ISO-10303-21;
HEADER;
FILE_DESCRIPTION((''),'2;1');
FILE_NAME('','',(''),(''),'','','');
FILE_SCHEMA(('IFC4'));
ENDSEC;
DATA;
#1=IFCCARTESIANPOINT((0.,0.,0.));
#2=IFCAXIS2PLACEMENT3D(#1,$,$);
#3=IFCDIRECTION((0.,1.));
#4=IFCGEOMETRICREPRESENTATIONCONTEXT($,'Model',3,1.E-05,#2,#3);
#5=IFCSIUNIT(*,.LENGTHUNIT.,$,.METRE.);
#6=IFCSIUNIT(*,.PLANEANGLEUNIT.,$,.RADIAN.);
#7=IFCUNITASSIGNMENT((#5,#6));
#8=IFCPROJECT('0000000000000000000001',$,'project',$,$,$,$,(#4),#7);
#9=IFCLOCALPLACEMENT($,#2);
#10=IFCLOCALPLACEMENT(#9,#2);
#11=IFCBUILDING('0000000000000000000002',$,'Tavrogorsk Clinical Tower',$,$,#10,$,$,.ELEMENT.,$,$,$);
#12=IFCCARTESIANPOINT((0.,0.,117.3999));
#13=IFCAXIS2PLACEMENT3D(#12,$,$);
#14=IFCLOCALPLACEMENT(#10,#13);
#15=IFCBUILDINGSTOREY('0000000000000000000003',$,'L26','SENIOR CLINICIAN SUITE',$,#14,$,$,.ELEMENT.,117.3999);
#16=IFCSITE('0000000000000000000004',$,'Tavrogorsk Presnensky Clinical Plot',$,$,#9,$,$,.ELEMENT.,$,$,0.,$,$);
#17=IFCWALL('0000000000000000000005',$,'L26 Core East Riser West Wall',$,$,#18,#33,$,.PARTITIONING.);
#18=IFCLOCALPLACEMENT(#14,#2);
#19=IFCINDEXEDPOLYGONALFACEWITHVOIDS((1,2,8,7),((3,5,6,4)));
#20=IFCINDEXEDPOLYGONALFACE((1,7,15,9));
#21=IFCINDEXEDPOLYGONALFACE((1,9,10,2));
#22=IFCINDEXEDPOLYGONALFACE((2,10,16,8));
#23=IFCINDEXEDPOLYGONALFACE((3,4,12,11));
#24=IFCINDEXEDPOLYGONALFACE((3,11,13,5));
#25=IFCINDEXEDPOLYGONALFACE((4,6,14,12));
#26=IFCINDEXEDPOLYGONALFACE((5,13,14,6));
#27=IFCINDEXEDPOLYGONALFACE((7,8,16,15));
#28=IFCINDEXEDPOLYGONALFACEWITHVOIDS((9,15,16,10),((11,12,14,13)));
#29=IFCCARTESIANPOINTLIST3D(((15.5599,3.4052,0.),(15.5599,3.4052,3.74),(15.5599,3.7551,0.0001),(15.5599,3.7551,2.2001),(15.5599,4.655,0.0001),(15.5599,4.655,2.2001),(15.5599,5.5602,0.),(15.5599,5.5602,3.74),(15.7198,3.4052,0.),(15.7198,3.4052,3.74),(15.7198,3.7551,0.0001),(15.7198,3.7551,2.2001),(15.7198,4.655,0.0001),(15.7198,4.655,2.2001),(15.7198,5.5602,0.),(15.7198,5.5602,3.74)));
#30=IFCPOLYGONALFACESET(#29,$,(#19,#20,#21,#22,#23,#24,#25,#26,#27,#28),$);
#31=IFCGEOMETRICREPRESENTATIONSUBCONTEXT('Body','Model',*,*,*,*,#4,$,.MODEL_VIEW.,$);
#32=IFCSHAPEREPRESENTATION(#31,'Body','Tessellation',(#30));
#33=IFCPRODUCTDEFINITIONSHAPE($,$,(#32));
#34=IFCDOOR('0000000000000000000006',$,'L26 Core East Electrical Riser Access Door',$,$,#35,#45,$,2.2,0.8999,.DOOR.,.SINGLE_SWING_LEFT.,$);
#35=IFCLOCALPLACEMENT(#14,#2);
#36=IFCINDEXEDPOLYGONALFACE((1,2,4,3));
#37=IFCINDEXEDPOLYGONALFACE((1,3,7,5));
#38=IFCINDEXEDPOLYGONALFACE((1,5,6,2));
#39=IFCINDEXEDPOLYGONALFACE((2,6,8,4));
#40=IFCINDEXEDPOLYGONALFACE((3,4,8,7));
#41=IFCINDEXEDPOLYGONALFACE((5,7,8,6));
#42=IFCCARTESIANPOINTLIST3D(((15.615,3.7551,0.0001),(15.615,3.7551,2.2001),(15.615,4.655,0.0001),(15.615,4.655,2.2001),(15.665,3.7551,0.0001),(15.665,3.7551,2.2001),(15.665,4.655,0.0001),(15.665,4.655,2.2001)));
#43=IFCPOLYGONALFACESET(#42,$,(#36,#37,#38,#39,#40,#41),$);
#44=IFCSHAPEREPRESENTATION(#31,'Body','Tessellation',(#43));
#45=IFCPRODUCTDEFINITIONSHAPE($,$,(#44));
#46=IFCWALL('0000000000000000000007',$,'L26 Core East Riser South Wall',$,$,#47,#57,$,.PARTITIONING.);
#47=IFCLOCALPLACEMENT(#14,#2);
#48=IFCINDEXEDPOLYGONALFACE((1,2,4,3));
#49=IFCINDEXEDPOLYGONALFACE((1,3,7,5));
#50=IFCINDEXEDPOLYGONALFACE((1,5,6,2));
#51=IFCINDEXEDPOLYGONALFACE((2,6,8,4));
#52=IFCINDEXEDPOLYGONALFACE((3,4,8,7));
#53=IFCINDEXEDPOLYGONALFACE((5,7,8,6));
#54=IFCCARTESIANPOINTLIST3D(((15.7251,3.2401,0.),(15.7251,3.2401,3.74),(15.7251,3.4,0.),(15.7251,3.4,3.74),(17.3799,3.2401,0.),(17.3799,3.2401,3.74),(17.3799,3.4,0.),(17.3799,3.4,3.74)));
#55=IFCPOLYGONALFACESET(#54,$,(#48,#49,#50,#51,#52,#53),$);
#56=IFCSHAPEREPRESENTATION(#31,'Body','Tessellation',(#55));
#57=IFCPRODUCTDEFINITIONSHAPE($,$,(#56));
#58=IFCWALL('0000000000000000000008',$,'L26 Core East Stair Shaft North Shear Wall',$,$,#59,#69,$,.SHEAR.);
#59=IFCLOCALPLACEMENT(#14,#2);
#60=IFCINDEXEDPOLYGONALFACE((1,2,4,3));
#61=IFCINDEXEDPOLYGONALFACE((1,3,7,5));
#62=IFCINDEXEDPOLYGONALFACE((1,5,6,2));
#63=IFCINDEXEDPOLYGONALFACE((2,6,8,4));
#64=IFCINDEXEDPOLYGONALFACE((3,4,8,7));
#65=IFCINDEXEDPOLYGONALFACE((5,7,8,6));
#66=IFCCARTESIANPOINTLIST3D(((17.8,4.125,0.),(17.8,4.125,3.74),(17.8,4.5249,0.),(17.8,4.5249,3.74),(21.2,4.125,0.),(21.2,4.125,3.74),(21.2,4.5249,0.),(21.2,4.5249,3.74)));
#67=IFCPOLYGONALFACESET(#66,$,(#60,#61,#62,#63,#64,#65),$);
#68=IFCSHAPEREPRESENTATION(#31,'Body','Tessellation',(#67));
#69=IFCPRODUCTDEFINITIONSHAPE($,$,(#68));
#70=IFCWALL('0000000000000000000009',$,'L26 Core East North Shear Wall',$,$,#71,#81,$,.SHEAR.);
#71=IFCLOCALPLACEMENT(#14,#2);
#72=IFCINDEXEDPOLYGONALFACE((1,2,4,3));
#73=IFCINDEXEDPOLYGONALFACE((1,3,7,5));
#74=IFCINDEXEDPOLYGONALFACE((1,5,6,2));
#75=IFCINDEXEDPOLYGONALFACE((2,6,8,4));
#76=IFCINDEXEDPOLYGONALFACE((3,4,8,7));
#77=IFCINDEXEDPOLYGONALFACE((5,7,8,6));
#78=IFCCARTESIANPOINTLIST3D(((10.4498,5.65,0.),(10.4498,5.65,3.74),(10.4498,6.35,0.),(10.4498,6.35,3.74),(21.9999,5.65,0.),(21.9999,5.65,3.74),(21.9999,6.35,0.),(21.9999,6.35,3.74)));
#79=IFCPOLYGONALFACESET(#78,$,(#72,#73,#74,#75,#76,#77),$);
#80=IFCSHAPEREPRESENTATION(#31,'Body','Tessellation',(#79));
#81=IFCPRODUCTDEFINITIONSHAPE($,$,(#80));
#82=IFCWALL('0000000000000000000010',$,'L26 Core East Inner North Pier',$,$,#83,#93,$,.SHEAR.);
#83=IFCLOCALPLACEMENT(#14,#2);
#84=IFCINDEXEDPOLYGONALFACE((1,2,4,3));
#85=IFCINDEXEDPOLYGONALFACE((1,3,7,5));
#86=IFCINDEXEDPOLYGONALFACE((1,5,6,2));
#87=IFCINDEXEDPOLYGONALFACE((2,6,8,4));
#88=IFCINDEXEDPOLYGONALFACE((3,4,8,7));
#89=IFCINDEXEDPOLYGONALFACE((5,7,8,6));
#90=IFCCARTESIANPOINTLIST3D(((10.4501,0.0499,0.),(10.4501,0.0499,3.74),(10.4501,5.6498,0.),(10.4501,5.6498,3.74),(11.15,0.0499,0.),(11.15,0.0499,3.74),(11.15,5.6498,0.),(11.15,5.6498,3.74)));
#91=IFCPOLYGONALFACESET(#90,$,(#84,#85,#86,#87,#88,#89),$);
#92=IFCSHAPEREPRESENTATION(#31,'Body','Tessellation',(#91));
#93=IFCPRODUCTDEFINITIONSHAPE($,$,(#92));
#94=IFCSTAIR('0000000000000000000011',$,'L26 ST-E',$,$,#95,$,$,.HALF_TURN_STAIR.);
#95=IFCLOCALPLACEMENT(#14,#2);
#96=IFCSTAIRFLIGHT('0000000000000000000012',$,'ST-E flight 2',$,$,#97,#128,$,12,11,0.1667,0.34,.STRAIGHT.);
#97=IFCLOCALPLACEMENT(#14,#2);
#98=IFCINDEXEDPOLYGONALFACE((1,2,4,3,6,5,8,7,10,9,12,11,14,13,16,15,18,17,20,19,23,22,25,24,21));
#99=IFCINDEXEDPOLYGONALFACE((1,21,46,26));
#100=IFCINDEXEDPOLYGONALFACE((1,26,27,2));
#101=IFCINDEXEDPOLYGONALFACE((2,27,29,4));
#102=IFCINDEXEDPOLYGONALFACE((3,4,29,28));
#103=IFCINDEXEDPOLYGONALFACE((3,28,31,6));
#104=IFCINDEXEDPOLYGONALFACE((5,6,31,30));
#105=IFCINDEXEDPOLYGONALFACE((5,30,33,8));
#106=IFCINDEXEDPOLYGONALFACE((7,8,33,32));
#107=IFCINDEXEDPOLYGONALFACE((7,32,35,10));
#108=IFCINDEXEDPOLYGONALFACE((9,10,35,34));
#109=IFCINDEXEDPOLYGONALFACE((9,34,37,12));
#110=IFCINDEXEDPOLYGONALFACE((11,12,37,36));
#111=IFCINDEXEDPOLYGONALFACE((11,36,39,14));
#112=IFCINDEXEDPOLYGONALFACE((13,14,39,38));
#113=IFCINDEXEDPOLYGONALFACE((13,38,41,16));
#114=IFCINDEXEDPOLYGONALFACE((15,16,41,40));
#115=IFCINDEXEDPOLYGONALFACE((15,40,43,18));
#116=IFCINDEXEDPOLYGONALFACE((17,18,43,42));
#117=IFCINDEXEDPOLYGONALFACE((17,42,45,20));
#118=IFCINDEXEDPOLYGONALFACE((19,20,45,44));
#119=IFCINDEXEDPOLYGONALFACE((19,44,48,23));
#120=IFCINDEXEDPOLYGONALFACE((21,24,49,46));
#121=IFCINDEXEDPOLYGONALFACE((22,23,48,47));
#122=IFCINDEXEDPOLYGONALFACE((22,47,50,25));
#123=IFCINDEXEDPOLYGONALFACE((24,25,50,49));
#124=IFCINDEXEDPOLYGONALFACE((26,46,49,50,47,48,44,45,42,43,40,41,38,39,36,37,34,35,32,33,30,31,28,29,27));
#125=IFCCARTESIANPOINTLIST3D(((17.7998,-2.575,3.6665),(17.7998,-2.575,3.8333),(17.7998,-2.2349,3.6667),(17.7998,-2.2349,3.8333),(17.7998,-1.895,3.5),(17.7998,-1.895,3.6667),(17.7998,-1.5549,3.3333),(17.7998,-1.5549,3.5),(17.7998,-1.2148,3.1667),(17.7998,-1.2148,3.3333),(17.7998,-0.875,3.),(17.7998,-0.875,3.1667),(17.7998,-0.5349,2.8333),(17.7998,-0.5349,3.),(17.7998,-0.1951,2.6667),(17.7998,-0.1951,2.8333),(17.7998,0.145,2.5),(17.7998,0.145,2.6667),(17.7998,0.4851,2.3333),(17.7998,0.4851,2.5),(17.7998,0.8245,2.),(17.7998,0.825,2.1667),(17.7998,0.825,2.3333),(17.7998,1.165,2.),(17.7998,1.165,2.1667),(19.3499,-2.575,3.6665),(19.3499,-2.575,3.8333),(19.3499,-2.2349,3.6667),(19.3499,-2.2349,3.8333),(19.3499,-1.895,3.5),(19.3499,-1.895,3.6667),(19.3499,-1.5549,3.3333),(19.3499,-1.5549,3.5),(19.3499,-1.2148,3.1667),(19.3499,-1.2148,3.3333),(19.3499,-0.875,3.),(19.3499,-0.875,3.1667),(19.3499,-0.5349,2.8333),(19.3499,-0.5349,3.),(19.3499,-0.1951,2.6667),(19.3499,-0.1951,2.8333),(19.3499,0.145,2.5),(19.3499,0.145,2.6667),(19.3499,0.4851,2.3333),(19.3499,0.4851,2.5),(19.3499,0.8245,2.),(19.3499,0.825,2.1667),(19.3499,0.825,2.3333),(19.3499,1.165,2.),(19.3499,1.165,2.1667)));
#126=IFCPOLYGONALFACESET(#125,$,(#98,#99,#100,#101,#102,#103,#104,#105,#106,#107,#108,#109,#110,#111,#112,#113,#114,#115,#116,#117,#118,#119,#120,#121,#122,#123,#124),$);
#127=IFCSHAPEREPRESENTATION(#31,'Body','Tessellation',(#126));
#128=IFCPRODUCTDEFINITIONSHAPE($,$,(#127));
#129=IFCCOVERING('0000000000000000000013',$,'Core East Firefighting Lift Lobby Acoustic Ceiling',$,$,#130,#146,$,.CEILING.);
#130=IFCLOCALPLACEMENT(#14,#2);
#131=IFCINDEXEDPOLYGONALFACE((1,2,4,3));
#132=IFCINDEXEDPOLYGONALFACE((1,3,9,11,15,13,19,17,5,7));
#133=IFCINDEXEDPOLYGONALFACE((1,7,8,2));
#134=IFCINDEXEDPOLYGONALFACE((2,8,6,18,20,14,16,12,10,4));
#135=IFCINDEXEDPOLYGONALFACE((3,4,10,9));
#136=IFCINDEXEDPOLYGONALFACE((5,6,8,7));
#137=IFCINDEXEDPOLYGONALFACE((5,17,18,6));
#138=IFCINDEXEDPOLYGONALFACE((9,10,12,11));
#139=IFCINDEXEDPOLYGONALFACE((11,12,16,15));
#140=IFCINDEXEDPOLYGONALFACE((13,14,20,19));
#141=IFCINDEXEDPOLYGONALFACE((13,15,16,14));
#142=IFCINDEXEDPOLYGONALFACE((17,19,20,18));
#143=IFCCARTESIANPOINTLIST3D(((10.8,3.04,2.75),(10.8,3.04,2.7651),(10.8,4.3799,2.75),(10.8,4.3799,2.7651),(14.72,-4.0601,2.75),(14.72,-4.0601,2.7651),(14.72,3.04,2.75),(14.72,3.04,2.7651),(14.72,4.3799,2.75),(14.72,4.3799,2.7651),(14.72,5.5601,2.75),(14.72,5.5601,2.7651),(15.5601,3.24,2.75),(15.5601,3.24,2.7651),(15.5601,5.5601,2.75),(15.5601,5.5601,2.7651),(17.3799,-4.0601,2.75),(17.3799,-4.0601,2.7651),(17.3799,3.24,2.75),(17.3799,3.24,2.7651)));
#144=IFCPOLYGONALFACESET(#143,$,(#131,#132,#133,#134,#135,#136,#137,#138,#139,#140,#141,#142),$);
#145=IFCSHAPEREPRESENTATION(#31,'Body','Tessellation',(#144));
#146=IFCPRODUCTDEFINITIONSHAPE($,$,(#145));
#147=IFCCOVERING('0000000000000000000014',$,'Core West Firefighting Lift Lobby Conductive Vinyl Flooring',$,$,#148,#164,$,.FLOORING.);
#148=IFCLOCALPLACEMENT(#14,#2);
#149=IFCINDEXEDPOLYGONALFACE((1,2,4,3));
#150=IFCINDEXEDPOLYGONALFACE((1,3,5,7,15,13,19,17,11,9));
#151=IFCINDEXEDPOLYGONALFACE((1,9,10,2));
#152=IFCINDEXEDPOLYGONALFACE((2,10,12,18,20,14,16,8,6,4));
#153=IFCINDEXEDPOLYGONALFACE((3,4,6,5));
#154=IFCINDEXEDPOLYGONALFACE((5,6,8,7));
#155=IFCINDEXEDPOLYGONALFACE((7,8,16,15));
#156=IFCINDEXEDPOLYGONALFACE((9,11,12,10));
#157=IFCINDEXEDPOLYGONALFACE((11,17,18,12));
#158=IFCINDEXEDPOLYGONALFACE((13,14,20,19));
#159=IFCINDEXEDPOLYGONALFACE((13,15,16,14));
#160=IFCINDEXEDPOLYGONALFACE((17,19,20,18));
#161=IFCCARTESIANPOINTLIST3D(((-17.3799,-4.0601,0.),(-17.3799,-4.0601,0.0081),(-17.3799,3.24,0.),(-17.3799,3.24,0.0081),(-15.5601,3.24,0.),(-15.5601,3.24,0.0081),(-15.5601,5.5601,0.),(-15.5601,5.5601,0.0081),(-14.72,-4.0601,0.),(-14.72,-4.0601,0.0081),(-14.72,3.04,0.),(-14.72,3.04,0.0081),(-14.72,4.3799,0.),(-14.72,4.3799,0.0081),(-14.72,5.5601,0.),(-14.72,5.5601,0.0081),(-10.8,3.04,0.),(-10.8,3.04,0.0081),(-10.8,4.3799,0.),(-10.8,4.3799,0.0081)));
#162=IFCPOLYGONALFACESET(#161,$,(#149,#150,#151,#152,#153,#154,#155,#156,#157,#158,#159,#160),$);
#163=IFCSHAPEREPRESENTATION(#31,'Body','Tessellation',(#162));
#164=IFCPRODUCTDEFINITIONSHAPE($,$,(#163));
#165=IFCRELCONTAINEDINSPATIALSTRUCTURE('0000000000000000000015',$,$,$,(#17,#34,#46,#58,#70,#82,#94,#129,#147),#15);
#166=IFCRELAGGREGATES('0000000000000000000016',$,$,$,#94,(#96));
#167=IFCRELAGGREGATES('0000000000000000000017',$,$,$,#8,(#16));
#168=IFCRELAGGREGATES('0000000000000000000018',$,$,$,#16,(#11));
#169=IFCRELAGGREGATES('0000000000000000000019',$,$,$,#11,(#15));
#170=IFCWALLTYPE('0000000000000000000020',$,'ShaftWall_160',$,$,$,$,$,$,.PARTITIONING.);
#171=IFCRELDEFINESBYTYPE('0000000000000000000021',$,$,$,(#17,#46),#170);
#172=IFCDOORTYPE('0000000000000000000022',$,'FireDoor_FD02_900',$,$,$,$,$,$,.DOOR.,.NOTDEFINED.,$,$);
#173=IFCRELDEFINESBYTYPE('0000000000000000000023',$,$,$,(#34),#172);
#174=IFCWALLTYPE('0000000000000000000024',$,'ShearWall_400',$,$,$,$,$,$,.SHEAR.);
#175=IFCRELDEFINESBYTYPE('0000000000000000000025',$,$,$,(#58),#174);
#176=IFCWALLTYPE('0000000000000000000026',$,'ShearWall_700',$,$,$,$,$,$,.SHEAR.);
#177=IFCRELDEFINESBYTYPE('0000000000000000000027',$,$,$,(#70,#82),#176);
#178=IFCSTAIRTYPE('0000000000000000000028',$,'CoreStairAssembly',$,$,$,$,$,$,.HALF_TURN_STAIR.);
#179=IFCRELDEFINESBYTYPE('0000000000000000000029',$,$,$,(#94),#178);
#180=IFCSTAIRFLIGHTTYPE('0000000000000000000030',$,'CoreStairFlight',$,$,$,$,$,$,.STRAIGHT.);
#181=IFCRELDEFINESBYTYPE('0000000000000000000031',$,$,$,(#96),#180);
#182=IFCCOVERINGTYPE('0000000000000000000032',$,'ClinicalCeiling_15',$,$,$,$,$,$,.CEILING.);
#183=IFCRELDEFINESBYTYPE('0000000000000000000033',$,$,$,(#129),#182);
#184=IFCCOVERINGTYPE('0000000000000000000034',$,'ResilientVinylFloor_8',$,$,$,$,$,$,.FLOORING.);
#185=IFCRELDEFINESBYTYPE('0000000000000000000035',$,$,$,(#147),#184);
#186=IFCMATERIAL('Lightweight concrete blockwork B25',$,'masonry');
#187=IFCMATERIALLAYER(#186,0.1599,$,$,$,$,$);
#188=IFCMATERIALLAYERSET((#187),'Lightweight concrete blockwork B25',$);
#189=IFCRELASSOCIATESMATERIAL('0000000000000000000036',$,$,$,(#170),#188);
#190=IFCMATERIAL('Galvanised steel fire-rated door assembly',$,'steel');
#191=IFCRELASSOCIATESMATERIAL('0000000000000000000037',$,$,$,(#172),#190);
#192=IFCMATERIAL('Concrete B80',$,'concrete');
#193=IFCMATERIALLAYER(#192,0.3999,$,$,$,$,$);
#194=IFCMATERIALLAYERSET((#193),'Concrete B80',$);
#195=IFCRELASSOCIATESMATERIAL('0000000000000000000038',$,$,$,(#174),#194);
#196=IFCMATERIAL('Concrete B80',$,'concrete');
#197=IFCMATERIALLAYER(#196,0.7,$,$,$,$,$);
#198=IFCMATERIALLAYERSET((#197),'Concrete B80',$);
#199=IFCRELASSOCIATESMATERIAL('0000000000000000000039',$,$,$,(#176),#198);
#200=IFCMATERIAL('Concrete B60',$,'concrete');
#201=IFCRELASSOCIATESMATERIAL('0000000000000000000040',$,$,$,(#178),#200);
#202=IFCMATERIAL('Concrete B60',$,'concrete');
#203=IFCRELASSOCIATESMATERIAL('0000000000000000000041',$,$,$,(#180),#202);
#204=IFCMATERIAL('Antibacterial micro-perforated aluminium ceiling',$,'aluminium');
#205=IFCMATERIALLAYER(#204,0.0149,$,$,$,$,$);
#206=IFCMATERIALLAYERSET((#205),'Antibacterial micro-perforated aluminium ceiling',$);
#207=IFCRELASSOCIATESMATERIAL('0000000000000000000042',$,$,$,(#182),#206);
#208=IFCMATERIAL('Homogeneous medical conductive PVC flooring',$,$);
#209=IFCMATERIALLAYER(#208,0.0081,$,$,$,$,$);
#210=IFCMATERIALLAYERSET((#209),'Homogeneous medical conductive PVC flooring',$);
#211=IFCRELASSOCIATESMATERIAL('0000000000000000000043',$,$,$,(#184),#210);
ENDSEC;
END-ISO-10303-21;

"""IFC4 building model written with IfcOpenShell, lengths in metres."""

from ifc_helpers import new_model, si_unit, direction, frame, frame_2d, origin, place, context, subcontext, project, spatial, polyline, rectangle, outline, extrude, material, layer, layer_set, type_object, element, fill, aggregate, save


model = new_model("IFC4")

# Units and contexts
model_context = context("Model", 3, precision=1e-05, world=origin(), true_north=direction((0.0, 1.0)))
body_context = subcontext(model_context, "Body", "Model", "MODEL_VIEW")
ifc_project = project(units=[si_unit("LENGTHUNIT", "METRE"), si_unit("PLANEANGLEUNIT", "RADIAN")], contexts=[model_context])

# Site, building, storey
site_placement = place(None, origin())
site = spatial("IfcSite", under=ifc_project, at=site_placement, Name="Tavrogorsk Presnensky Clinical Plot", CompositionType="ELEMENT", RefElevation=0.0)
building_placement = place(site_placement, origin())
building = spatial("IfcBuilding", under=site, at=building_placement, Name="Tavrogorsk Clinical Tower", CompositionType="ELEMENT")
storey_placement = place(building_placement, frame((0.0, 0.0, 117.3999)))
storey = spatial("IfcBuildingStorey", under=building, at=storey_placement, Name="L26", Description="SENIOR CLINICIAN SUITE", CompositionType="ELEMENT", Elevation=117.3999)

# Shared definitions
ifc_material_1 = material(Name="Lightweight concrete blockwork B25", Category="masonry")
ifc_layer_1 = layer(ifc_material_1, 0.1599)
ifc_layer_set_1 = layer_set([ifc_layer_1], Name="Lightweight concrete blockwork B25")
wall_type_1 = type_object("IfcWallType", Name="ShaftWall_160", PredefinedType="PARTITIONING", material=ifc_layer_set_1)

# Wall, opening, door
wall_1_placement = place(storey_placement, frame((15.6399, 3.405, 0.0), z_axis=(0.0, 0.0, 1.0), x_axis=(0.0, 1.0, 0.0)))
wall_1 = element("IfcWall", 1, at=wall_1_placement, inside=storey, type_object=wall_type_1, Name="L26 Core East Riser West Wall", PredefinedType="PARTITIONING", context=body_context, shape_type="SweptSolid", body=[
    extrude(rectangle(XDim=2.155, YDim=0.1599, at=frame_2d((1.0776, 0.0))), origin(), (0.0, 0.0, 1.0), 3.74),
])
opening_1_placement = place(wall_1_placement, frame((0.3501, 0.0, 0.0)))
opening_1 = element("IfcOpeningElement", 2, at=opening_1_placement, cuts=wall_1, PredefinedType="OPENING", context=body_context, shape_type="SweptSolid", body=[
    extrude(rectangle(XDim=0.8999, YDim=2.2, at=frame_2d((0.45, 1.1001))), frame((0.0, 0.0898, 0.0), z_axis=(0.0, -1.0, 0.0), x_axis=(1.0, 0.0, 0.0)), (0.0, 0.0, 1.0), 0.1799),
])
ifc_material_2 = material(Name="Galvanised steel fire-rated door assembly", Category="steel")
door_type_1 = type_object("IfcDoorType", Name="FireDoor_FD02_900", OperationType="NOTDEFINED", PredefinedType="DOOR", material=ifc_material_2)
door_1_placement = place(opening_1_placement, origin())
door_1 = element("IfcDoor", 3, at=door_1_placement, inside=storey, type_object=door_type_1, Name="L26 Core East Electrical Riser Access Door", OperationType="SINGLE_SWING_LEFT", OverallHeight=2.2, OverallWidth=0.8999, PredefinedType="DOOR", context=body_context, shape_type="SweptSolid", body=[
    extrude(rectangle(XDim=0.8999, YDim=2.2, at=frame_2d((0.45, 1.1001))), frame((0.0, 0.0249, 0.0), z_axis=(0.0, -1.0, 0.0), x_axis=(1.0, 0.0, 0.0)), (0.0, 0.0, 1.0), 0.05),
])
fill(opening_1, door_1)

# Walls
wall_2_placement = place(storey_placement, frame((15.7251, 3.3201, 0.0), z_axis=(0.0, 0.0, 1.0), x_axis=(1.0, 0.0, 0.0)))
element("IfcWall", 4, at=wall_2_placement, inside=storey, type_object=wall_type_1, Name="L26 Core East Riser South Wall", PredefinedType="PARTITIONING", context=body_context, shape_type="SweptSolid", body=[
    extrude(rectangle(XDim=1.6548, YDim=0.1599, at=frame_2d((0.8274, 0.0))), origin(), (0.0, 0.0, 1.0), 3.74),
])
ifc_material_3 = material(Name="Concrete B80", Category="concrete")
ifc_layer_2 = layer(ifc_material_3, 0.3999)
ifc_layer_set_2 = layer_set([ifc_layer_2], Name="Concrete B80")
wall_type_2 = type_object("IfcWallType", Name="ShearWall_400", PredefinedType="SHEAR", material=ifc_layer_set_2)
wall_3_placement = place(storey_placement, frame((17.8, 4.325, 0.0), z_axis=(0.0, 0.0, 1.0), x_axis=(1.0, 0.0, 0.0)))
element("IfcWall", 5, at=wall_3_placement, inside=storey, type_object=wall_type_2, Name="L26 Core East Stair Shaft North Shear Wall", PredefinedType="SHEAR", context=body_context, shape_type="SweptSolid", body=[
    extrude(rectangle(XDim=3.3999, YDim=0.3999, at=frame_2d((1.7, 0.0))), origin(), (0.0, 0.0, 1.0), 3.74),
])
ifc_material_4 = material(Name="Concrete B80", Category="concrete")
ifc_layer_3 = layer(ifc_material_4, 0.7)
ifc_layer_set_3 = layer_set([ifc_layer_3], Name="Concrete B80")
wall_type_3 = type_object("IfcWallType", Name="ShearWall_700", PredefinedType="SHEAR", material=ifc_layer_set_3)
wall_4_placement = place(storey_placement, frame((10.45, 6.0, 0.0), z_axis=(0.0, 0.0, 1.0), x_axis=(1.0, 0.0, 0.0)))
element("IfcWall", 6, at=wall_4_placement, inside=storey, type_object=wall_type_3, Name="L26 Core East North Shear Wall", PredefinedType="SHEAR", context=body_context, shape_type="SweptSolid", body=[
    extrude(rectangle(XDim=11.55, YDim=0.7, at=frame_2d((5.7749, 0.0))), origin(), (0.0, 0.0, 1.0), 3.74),
])
wall_5_placement = place(storey_placement, frame((10.8, 0.05, 0.0), z_axis=(0.0, 0.0, 1.0), x_axis=(0.0, 1.0, 0.0)))
element("IfcWall", 7, at=wall_5_placement, inside=storey, type_object=wall_type_3, Name="L26 Core East Inner North Pier", PredefinedType="SHEAR", context=body_context, shape_type="SweptSolid", body=[
    extrude(rectangle(XDim=5.5999, YDim=0.7, at=frame_2d((2.7998, 0.0))), origin(), (0.0, 0.0, 1.0), 3.74),
])

# Stair, stair flight
ifc_material_5 = material(Name="Concrete B60", Category="concrete")
stair_type = type_object("IfcStairType", Name="CoreStairAssembly", PredefinedType="HALF_TURN_STAIR", material=ifc_material_5)
stair_placement = place(storey_placement, origin())
stair = element("IfcStair", 8, at=stair_placement, inside=storey, type_object=stair_type, Name="L26 ST-E", PredefinedType="HALF_TURN_STAIR")
ifc_material_6 = material(Name="Concrete B60", Category="concrete")
stair_flight_type = type_object("IfcStairFlightType", Name="CoreStairFlight", PredefinedType="STRAIGHT", material=ifc_material_6)
stair_flight_placement = place(storey_placement, frame((18.575, 1.165, 2.0), z_axis=(0.0, 0.0, 1.0), x_axis=(0.0, -1.0, 0.0)))
stair_flight = element("IfcStairFlight", 9, at=stair_flight_placement, type_object=stair_flight_type, Name="ST-E flight 2", NumberOfRisers=12, NumberOfTreads=11, PredefinedType="STRAIGHT", RiserHeight=0.1667, TreadLength=0.34, context=body_context, shape_type="SweptSolid", body=[
    extrude(outline(polyline([(0.0, 0.0), (0.0, 0.1667), (0.3401, 0.1667), (0.3401, 0.3333), (0.6799, 0.3333), (0.6799, 0.5), (1.02, 0.5), (1.02, 0.6667), (1.3601, 0.6667), (1.3601, 0.8333), (1.7, 0.8333), (1.7, 1.0), (2.04, 1.0), (2.04, 1.1667), (2.3799, 1.1667), (2.3799, 1.3333), (2.72, 1.3333), (2.72, 1.5), (3.0601, 1.5), (3.0601, 1.6667), (3.3999, 1.6667), (3.3999, 1.8333), (3.74, 1.8333), (3.74, 2.0), (3.74, 1.6665), (0.3406, 0.0), (0.0, 0.0)])), frame((0.0, 0.7749, 0.0), z_axis=(0.0, -1.0, 0.0), x_axis=(1.0, 0.0, 0.0)), (0.0, 0.0, 1.0), 1.55),
])
aggregate(stair, [stair_flight])

# Coverings
ifc_material_7 = material(Name="Antibacterial micro-perforated aluminium ceiling", Category="aluminium")
ifc_layer_4 = layer(ifc_material_7, 0.0149)
ifc_layer_set_4 = layer_set([ifc_layer_4], Name="Antibacterial micro-perforated aluminium ceiling")
covering_type_1 = type_object("IfcCoveringType", Name="ClinicalCeiling_15", PredefinedType="CEILING", material=ifc_layer_set_4)
covering_1_placement = place(storey_placement, frame((0.0, 0.0, 2.75)))
element("IfcCovering", 10, at=covering_1_placement, inside=storey, type_object=covering_type_1, Name="Core East Firefighting Lift Lobby Acoustic Ceiling", PredefinedType="CEILING", context=body_context, shape_type="SweptSolid", body=[
    extrude(outline(polyline([(14.72, -4.0601), (14.72, 3.04), (10.8, 3.04), (10.8, 4.3799), (14.72, 4.3799), (14.72, 5.5601), (15.5601, 5.5601), (15.5601, 3.24), (17.3799, 3.24), (17.3799, -4.0601), (14.72, -4.0601)])), origin(), (0.0, 0.0, 1.0), 0.0151),
])
ifc_material_8 = material(Name="Homogeneous medical conductive PVC flooring")
ifc_layer_5 = layer(ifc_material_8, 0.0081)
ifc_layer_set_5 = layer_set([ifc_layer_5], Name="Homogeneous medical conductive PVC flooring")
covering_type_2 = type_object("IfcCoveringType", Name="ResilientVinylFloor_8", PredefinedType="FLOORING", material=ifc_layer_set_5)
covering_2_placement = place(storey_placement, origin())
element("IfcCovering", 11, at=covering_2_placement, inside=storey, type_object=covering_type_2, Name="Core West Firefighting Lift Lobby Conductive Vinyl Flooring", PredefinedType="FLOORING", context=body_context, shape_type="SweptSolid", body=[
    extrude(outline(polyline([(-14.72, 4.3799), (-10.8, 4.3799), (-10.8, 3.04), (-14.72, 3.04), (-14.72, -4.0601), (-17.3799, -4.0601), (-17.3799, 3.24), (-15.5601, 3.24), (-15.5601, 5.5601), (-14.72, 5.5601), (-14.72, 4.3799)])), origin(), (0.0, 0.0, 1.0), 0.0081),
])

save(model, "model.ifc")
